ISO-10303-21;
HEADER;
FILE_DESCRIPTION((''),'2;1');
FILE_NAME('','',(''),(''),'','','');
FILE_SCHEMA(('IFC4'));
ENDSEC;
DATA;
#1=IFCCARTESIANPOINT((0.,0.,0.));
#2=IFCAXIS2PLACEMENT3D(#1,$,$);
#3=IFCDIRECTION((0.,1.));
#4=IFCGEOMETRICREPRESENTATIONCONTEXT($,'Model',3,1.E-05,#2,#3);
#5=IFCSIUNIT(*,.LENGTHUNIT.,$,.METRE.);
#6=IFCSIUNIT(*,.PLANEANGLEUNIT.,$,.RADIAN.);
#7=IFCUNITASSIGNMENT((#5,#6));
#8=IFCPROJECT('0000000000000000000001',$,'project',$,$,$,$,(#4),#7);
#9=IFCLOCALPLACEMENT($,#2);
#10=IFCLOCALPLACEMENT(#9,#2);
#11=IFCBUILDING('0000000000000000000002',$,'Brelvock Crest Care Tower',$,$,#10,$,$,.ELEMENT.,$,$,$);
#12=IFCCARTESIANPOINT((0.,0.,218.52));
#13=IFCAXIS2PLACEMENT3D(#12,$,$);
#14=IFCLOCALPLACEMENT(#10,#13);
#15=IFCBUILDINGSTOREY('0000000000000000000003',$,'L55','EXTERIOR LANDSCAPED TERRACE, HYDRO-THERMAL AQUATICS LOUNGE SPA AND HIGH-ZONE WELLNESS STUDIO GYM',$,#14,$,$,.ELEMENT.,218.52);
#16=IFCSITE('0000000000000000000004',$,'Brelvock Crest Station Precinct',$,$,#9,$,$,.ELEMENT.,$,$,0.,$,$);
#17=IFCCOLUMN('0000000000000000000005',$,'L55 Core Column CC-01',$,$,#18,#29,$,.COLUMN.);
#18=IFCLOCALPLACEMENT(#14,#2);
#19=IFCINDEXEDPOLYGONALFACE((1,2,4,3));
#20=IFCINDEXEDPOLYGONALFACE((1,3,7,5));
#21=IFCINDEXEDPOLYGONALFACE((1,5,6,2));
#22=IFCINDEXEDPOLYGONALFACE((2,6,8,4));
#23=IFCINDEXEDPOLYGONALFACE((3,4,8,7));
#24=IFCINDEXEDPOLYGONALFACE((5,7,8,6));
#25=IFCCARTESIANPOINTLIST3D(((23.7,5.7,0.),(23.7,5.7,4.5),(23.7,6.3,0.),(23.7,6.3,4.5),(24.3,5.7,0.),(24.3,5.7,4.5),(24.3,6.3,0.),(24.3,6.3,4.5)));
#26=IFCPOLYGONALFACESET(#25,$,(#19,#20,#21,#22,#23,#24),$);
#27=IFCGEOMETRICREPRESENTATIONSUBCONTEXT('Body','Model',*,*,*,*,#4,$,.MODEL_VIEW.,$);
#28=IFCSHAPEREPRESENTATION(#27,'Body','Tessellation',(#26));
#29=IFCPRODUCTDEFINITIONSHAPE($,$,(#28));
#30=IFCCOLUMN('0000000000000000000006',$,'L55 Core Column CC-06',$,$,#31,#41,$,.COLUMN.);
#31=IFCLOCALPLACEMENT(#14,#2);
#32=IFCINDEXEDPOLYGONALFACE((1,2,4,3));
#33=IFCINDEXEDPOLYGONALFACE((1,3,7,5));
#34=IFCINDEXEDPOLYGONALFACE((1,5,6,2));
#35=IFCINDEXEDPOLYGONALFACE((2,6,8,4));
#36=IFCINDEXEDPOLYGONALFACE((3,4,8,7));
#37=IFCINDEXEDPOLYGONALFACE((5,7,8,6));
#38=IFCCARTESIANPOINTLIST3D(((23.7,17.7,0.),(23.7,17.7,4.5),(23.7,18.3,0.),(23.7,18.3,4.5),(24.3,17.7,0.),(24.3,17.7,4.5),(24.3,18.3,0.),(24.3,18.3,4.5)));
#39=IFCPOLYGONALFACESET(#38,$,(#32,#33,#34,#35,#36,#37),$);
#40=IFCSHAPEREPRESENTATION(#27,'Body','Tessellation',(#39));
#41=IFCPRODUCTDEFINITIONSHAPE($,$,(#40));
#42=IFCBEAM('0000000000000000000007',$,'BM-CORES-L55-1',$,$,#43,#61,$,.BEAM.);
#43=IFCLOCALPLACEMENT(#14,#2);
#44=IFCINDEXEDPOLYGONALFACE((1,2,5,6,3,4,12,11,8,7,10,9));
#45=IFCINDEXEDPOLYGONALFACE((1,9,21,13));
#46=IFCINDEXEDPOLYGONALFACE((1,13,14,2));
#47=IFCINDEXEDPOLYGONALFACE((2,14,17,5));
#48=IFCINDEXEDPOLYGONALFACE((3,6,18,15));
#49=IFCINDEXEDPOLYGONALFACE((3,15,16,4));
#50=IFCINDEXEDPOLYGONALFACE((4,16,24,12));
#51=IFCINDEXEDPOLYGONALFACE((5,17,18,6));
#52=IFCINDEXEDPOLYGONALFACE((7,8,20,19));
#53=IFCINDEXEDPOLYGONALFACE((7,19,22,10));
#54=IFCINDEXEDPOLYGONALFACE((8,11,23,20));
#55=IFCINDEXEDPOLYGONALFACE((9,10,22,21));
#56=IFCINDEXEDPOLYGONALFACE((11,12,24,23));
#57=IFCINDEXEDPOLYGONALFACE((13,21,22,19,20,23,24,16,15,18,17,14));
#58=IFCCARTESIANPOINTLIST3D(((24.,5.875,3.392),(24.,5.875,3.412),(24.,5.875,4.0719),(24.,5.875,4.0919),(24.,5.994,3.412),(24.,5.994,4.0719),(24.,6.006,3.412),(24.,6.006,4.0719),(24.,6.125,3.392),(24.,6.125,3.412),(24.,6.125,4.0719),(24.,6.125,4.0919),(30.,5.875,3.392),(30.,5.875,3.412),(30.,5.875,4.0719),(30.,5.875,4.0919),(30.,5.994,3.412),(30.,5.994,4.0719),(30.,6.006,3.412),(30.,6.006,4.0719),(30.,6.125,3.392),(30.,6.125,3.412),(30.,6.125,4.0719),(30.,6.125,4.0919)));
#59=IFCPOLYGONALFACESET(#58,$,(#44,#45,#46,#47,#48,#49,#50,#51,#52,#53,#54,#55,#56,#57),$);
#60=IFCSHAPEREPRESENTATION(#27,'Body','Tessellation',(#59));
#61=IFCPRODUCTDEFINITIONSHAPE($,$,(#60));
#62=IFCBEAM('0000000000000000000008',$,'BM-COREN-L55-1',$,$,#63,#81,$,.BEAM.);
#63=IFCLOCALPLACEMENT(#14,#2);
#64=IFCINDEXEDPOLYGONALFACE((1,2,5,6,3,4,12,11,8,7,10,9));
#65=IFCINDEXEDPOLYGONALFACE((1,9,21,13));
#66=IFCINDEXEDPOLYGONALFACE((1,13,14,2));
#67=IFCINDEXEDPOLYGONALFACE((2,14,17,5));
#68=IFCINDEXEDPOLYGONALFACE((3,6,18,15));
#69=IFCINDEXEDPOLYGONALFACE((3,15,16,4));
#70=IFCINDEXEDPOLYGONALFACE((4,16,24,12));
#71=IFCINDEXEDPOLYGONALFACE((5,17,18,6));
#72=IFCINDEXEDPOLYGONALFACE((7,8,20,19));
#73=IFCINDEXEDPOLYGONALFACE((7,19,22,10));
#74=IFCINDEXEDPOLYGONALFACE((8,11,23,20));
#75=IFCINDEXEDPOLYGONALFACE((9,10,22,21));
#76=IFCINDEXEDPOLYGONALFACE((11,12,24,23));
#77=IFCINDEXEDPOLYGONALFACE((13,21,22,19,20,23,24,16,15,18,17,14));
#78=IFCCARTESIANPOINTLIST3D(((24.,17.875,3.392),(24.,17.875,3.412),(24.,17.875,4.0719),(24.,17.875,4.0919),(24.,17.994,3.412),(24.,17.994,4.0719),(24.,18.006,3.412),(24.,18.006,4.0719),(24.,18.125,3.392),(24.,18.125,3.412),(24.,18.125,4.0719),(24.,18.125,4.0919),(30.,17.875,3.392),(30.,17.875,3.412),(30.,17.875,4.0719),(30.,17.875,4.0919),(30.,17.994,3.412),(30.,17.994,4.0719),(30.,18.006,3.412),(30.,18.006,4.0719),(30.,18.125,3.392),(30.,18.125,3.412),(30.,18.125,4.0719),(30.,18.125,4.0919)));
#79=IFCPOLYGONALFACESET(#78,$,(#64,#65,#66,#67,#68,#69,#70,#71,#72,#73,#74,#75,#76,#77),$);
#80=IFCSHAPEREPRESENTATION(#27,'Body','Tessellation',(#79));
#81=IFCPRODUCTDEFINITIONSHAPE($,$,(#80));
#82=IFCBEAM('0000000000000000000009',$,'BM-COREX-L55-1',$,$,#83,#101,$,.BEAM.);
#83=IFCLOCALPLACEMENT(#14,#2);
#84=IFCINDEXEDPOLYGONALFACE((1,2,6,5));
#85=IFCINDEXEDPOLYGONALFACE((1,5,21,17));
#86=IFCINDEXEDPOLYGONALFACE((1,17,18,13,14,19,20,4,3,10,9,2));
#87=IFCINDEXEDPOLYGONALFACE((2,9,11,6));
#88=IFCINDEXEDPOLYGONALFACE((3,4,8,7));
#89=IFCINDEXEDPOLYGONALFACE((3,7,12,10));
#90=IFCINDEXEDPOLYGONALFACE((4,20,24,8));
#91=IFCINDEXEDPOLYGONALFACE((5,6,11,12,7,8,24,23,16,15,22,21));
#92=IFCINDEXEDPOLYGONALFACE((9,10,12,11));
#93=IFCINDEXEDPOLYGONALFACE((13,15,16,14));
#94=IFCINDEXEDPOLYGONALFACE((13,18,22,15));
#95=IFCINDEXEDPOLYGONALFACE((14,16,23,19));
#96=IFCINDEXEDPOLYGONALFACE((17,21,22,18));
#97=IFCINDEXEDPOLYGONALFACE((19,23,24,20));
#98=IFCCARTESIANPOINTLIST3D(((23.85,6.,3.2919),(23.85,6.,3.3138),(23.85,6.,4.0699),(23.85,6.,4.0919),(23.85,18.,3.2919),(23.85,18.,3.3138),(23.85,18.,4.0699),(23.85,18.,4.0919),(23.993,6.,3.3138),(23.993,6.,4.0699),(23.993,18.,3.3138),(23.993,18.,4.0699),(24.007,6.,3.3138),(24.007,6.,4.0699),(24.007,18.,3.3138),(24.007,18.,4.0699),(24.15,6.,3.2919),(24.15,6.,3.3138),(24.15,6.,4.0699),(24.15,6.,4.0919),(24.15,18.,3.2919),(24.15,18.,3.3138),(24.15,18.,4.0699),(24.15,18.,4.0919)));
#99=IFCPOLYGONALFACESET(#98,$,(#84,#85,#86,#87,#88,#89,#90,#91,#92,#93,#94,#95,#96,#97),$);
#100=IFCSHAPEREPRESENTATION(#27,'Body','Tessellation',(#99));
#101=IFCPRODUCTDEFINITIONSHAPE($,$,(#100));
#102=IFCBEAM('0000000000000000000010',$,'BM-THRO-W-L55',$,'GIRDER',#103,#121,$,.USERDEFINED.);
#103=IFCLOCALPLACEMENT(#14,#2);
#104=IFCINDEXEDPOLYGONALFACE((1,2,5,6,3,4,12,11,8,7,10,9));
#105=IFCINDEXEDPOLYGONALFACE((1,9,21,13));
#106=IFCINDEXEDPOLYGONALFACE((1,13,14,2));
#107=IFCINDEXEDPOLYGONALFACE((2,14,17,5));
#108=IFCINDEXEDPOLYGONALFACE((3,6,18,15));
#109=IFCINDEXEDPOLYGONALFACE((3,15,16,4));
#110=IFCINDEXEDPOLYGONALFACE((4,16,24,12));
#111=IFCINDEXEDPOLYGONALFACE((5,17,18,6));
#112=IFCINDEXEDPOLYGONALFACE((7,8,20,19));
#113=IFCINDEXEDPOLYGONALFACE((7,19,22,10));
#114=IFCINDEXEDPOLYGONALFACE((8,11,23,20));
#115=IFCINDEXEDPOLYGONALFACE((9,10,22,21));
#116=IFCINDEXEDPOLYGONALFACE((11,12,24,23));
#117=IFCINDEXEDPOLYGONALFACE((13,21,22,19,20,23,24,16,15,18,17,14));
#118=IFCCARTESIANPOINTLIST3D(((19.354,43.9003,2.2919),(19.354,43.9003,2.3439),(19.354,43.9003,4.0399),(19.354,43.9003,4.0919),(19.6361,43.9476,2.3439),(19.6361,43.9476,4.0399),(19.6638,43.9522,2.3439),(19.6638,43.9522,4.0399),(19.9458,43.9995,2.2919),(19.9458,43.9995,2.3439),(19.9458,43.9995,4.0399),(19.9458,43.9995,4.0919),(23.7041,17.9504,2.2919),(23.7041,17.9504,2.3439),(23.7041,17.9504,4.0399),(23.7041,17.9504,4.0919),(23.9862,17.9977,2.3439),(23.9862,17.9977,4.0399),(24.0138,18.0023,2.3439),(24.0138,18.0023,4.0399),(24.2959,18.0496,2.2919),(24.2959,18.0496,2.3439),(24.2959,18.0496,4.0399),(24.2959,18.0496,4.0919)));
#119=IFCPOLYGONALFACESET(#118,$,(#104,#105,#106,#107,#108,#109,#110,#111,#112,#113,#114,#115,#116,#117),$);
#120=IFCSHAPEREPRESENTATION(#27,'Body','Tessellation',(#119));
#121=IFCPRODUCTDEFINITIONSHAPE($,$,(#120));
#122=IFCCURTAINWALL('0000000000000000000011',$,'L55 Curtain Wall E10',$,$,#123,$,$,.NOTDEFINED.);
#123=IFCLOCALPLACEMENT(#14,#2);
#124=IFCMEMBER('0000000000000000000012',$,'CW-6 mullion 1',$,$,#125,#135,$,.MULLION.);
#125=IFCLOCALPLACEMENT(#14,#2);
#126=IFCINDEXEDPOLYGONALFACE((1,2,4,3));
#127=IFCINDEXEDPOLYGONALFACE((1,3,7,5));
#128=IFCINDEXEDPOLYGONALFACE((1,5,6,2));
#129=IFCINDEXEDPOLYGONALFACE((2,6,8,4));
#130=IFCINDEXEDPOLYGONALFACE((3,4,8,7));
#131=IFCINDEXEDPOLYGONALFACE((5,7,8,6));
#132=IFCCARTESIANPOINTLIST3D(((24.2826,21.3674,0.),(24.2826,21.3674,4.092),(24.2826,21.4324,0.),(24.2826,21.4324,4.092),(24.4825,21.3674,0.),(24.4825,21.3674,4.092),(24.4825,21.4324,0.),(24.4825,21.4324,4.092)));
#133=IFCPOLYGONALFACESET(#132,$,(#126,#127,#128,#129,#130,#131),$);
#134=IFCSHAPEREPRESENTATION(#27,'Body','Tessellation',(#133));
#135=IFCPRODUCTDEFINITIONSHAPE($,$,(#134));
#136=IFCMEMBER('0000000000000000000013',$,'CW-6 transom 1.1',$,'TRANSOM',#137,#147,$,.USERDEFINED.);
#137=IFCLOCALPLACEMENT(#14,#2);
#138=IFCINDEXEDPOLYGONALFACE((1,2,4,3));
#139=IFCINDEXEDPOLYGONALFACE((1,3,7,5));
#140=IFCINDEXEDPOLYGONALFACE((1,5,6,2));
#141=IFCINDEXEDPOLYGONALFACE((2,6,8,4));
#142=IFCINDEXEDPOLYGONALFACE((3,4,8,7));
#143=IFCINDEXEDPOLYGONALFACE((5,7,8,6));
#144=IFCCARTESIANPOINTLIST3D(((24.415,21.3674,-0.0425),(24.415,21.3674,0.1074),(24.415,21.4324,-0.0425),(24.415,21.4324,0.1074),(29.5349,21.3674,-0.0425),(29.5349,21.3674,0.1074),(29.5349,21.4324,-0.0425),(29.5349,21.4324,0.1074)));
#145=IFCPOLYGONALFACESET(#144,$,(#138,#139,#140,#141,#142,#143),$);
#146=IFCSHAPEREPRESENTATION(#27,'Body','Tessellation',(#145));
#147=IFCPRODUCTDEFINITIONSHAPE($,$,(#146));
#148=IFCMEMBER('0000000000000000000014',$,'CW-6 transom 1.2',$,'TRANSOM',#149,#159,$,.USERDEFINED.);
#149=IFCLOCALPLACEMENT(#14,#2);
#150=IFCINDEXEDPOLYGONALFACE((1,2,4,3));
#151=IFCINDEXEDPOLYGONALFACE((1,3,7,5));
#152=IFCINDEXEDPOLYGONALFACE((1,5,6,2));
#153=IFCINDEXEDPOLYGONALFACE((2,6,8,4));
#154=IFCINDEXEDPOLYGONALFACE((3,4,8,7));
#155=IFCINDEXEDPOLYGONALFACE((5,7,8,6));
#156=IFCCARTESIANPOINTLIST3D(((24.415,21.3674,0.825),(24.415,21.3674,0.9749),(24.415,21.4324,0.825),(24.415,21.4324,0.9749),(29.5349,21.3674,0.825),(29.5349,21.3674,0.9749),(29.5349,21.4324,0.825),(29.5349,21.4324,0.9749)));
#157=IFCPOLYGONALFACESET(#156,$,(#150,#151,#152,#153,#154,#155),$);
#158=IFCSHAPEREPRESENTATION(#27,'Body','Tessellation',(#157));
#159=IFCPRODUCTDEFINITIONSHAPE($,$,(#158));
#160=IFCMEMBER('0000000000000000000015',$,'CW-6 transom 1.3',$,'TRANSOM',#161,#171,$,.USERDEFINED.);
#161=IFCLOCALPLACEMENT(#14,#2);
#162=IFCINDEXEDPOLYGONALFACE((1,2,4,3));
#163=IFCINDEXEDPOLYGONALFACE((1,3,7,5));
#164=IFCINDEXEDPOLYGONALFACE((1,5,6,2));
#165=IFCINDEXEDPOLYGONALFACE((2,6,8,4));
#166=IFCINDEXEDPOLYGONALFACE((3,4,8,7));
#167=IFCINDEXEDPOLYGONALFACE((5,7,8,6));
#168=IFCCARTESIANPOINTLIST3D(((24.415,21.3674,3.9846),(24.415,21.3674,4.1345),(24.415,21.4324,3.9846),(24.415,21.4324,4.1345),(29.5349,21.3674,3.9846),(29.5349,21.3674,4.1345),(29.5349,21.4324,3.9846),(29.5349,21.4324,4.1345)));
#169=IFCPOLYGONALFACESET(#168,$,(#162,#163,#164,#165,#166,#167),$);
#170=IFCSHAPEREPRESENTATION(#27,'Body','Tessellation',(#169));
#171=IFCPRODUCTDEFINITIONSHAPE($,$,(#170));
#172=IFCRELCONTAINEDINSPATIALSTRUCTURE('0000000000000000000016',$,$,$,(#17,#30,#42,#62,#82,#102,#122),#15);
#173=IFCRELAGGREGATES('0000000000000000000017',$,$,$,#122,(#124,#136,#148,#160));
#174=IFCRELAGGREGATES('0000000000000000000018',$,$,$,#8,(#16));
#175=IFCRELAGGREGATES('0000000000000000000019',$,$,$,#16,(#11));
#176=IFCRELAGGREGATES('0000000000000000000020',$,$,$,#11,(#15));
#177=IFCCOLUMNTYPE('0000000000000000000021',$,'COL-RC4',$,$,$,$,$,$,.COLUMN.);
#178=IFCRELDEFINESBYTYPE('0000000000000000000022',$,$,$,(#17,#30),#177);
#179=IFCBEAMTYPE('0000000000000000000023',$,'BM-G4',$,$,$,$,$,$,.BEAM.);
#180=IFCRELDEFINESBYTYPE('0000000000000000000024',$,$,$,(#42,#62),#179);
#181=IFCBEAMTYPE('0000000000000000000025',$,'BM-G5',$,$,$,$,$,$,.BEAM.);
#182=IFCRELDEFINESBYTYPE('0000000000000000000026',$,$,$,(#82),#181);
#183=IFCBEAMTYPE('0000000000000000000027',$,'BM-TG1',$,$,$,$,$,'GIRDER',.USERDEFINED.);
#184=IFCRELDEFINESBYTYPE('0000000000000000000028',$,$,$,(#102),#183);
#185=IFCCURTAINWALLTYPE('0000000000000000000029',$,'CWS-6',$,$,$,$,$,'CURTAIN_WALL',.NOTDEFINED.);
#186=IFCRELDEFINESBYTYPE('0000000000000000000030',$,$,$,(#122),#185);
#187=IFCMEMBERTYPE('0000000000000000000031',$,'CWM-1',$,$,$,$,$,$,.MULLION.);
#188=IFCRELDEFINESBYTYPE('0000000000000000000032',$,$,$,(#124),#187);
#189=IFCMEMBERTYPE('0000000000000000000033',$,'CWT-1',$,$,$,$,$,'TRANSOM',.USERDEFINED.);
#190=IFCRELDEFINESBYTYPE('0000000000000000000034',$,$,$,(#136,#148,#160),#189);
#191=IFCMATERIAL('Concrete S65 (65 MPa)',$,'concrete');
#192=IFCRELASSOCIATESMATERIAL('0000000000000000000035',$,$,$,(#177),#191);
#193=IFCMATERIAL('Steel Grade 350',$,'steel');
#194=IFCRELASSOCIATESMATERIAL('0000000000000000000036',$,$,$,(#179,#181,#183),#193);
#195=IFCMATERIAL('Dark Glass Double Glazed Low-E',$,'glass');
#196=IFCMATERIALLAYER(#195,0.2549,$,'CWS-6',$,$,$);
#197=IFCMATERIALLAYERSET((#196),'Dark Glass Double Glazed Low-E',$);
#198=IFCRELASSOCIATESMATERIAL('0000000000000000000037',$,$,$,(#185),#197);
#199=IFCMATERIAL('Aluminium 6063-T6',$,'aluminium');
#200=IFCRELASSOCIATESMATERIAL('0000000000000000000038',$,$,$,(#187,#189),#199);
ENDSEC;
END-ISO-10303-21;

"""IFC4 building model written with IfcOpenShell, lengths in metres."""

from ifc_helpers import new_model, si_unit, direction, frame, origin, origin_2d, place, context, subcontext, project, spatial, rectangle, i_section, extrude, source, transform, mapped, material, layer, layer_set, material_profile, profile_set, type_object, element, aggregate, save


model = new_model("IFC4")

# Units and contexts
model_context = context("Model", 3, precision=1e-05, world=origin(), true_north=direction((0.0, 1.0)))
body_context = subcontext(model_context, "Body", "Model", "MODEL_VIEW")
ifc_project = project(units=[si_unit("LENGTHUNIT", "METRE"), si_unit("PLANEANGLEUNIT", "RADIAN")], contexts=[model_context])

# Site, building, storey
site_placement = place(None, origin())
site = spatial("IfcSite", under=ifc_project, at=site_placement, Name="Brelvock Crest Station Precinct", CompositionType="ELEMENT", RefElevation=0.0)
building_placement = place(site_placement, origin())
building = spatial("IfcBuilding", under=site, at=building_placement, Name="Brelvock Crest Care Tower", CompositionType="ELEMENT")
storey_placement = place(building_placement, frame((0.0, 0.0, 218.52)))
storey = spatial("IfcBuildingStorey", under=building, at=storey_placement, Name="L55", Description="EXTERIOR LANDSCAPED TERRACE, HYDRO-THERMAL AQUATICS LOUNGE SPA AND HIGH-ZONE WELLNESS STUDIO GYM", CompositionType="ELEMENT", Elevation=218.52)

# Columns
ifc_material_1 = material(Name="Concrete S65 (65 MPa)", Category="concrete")
ifc_material_profile_1 = material_profile(ifc_material_1, rectangle(XDim=0.6001, YDim=0.6001, at=origin_2d()), Name="RC600x600")
ifc_profile_set_1 = profile_set([ifc_material_profile_1], Name="Concrete S65 (65 MPa)")
column_type = type_object("IfcColumnType", Name="COL-RC4", PredefinedType="COLUMN", material=ifc_profile_set_1)
shared_shape_1 = source(origin(), body_context, "Body", "SweptSolid", [
    extrude(rectangle(XDim=0.6001, YDim=0.6001, at=origin_2d()), origin(), (0.0, 0.0, 1.0), 4.5),
])
for number, where, z_axis, x_axis, name in (
    (1, (24.0, 6.0, 0.0), (0.0, 0.0, 1.0), (1.0, 0.0, 0.0), "L55 Core Column CC-01"),
    (2, (24.0, 18.0, 0.0), (0.0, 0.0, 1.0), (1.0, 0.0, 0.0), "L55 Core Column CC-06"),
):
    element("IfcColumn", number, at=place(storey_placement, frame(where, z_axis=z_axis, x_axis=x_axis)), inside=storey, type_object=column_type, Name=name, PredefinedType="COLUMN", context=body_context, shape_type="MappedRepresentation", body=[
        mapped(shared_shape_1, transform((0.0, 0.0, 0.0), x_axis=(1.0, 0.0, 0.0), y_axis=(0.0, 1.0, 0.0), z_axis=(0.0, 0.0, 1.0), scale=1.0)),
    ])

# Beams
ifc_material_2 = material(Name="Steel Grade 350", Category="steel")
ifc_material_profile_2 = material_profile(ifc_material_2, i_section(OverallWidth=0.25, OverallDepth=0.7, WebThickness=0.012, FlangeThickness=0.02, at=origin_2d()), Name="700WB150")
ifc_profile_set_2 = profile_set([ifc_material_profile_2], Name="Steel Grade 350")
beam_type_1 = type_object("IfcBeamType", Name="BM-G4", PredefinedType="BEAM", material=ifc_profile_set_2)
shared_shape_2 = source(origin(), body_context, "Body", "SweptSolid", [
    extrude(i_section(OverallWidth=0.25, OverallDepth=0.7, WebThickness=0.012, FlangeThickness=0.02, at=origin_2d()), origin(), (0.0, 0.0, 1.0), 6.0),
])
for number, where, z_axis, x_axis, name in (
    (3, (24.0, 6.0, 3.7419), (1.0, 0.0, 0.0), (0.0, 1.0, 0.0), "BM-CORES-L55-1"),
    (4, (24.0, 18.0, 3.7419), (1.0, 0.0, 0.0), (0.0, 1.0, 0.0), "BM-COREN-L55-1"),
):
    element("IfcBeam", number, at=place(storey_placement, frame(where, z_axis=z_axis, x_axis=x_axis)), inside=storey, type_object=beam_type_1, Name=name, PredefinedType="BEAM", context=body_context, shape_type="MappedRepresentation", body=[
        mapped(shared_shape_2, transform((0.0, 0.0, 0.0), x_axis=(1.0, 0.0, 0.0), y_axis=(0.0, 1.0, 0.0), z_axis=(0.0, 0.0, 1.0), scale=1.0)),
    ])
ifc_material_profile_3 = material_profile(ifc_material_2, i_section(OverallWidth=0.3, OverallDepth=0.8, WebThickness=0.0139, FlangeThickness=0.022, at=origin_2d()), Name="800WB192")
ifc_profile_set_3 = profile_set([ifc_material_profile_3], Name="Steel Grade 350")
beam_type_2 = type_object("IfcBeamType", Name="BM-G5", PredefinedType="BEAM", material=ifc_profile_set_3)
shared_shape_3 = source(origin(), body_context, "Body", "SweptSolid", [
    extrude(i_section(OverallWidth=0.3, OverallDepth=0.8, WebThickness=0.0139, FlangeThickness=0.022, at=origin_2d()), origin(), (0.0, 0.0, 1.0), 12.0),
])
beam_1_placement = place(storey_placement, frame((24.0, 6.0, 3.6919), z_axis=(0.0, 1.0, 0.0), x_axis=(-1.0, 0.0, 0.0)))
element("IfcBeam", 5, at=beam_1_placement, inside=storey, type_object=beam_type_2, Name="BM-COREX-L55-1", PredefinedType="BEAM", context=body_context, shape_type="MappedRepresentation", body=[
    mapped(shared_shape_3, transform((0.0, 0.0, 0.0), x_axis=(1.0, 0.0, 0.0), y_axis=(0.0, 1.0, 0.0), z_axis=(0.0, 0.0, 1.0), scale=1.0)),
])
ifc_material_profile_4 = material_profile(ifc_material_2, i_section(OverallWidth=0.6001, OverallDepth=1.8, WebThickness=0.0281, FlangeThickness=0.052, at=origin_2d()), Name="1800TG740")
ifc_profile_set_4 = profile_set([ifc_material_profile_4], Name="Steel Grade 350")
beam_type_3 = type_object("IfcBeamType", Name="BM-TG1", ElementType="GIRDER", PredefinedType="USERDEFINED", material=ifc_profile_set_4)
shared_shape_4 = source(origin(), body_context, "Body", "SweptSolid", [
    extrude(i_section(OverallWidth=0.6001, OverallDepth=1.8, WebThickness=0.0281, FlangeThickness=0.052, at=origin_2d()), origin(), (0.0, 0.0, 1.0), 26.312),
])
beam_2_placement = place(storey_placement, frame((24.0, 18.0, 3.1919), z_axis=(-0.165327, 0.986239, 0.0), x_axis=(-0.986239, -0.165327, 0.0)))
element("IfcBeam", 6, at=beam_2_placement, inside=storey, type_object=beam_type_3, Name="BM-THRO-W-L55", ObjectType="GIRDER", PredefinedType="USERDEFINED", context=body_context, shape_type="MappedRepresentation", body=[
    mapped(shared_shape_4, transform((0.0, 0.0, 0.0), x_axis=(1.0, 0.0, 0.0), y_axis=(0.0, 1.0, 0.0), z_axis=(0.0, 0.0, 1.0), scale=1.0)),
])

# Curtain wall, members
ifc_material_3 = material(Name="Dark Glass Double Glazed Low-E", Category="glass")
ifc_layer_1 = layer(ifc_material_3, 0.2549, Name="CWS-6")
ifc_layer_set_1 = layer_set([ifc_layer_1], Name="Dark Glass Double Glazed Low-E")
curtain_wall_type = type_object("IfcCurtainWallType", Name="CWS-6", ElementType="CURTAIN_WALL", PredefinedType="NOTDEFINED", material=ifc_layer_set_1)
curtain_wall_placement = place(storey_placement, origin())
curtain_wall = element("IfcCurtainWall", 7, at=curtain_wall_placement, inside=storey, type_object=curtain_wall_type, Name="L55 Curtain Wall E10", PredefinedType="NOTDEFINED")
ifc_material_4 = material(Name="Aluminium 6063-T6", Category="aluminium")
ifc_material_profile_5 = material_profile(ifc_material_4, rectangle(XDim=0.0649, YDim=0.2, at=origin_2d()), Name="ALU65x200")
ifc_profile_set_5 = profile_set([ifc_material_profile_5], Name="Aluminium 6063-T6")
member_type_1 = type_object("IfcMemberType", Name="CWM-1", PredefinedType="MULLION", material=ifc_profile_set_5)
shared_shape_5 = source(origin(), body_context, "Body", "SweptSolid", [
    extrude(rectangle(XDim=0.0649, YDim=0.2, at=origin_2d()), origin(), (0.0, 0.0, 1.0), 4.092),
])
member_1_placement = place(storey_placement, frame((24.3826, 21.3999, 0.0), z_axis=(0.0, 0.0, 1.0), x_axis=(0.0, 1.0, 0.0)))
member_1 = element("IfcMember", 8, at=member_1_placement, type_object=member_type_1, Name="CW-6 mullion 1", PredefinedType="MULLION", context=body_context, shape_type="MappedRepresentation", body=[
    mapped(shared_shape_5, transform((0.0, 0.0, 0.0), x_axis=(1.0, 0.0, 0.0), y_axis=(0.0, 1.0, 0.0), z_axis=(0.0, 0.0, 1.0), scale=1.0)),
])
ifc_material_profile_6 = material_profile(ifc_material_4, rectangle(XDim=0.0649, YDim=0.1499, at=origin_2d()), Name="ALU65x150")
ifc_profile_set_6 = profile_set([ifc_material_profile_6], Name="Aluminium 6063-T6")
member_type_2 = type_object("IfcMemberType", Name="CWT-1", ElementType="TRANSOM", PredefinedType="USERDEFINED", material=ifc_profile_set_6)
shared_shape_6 = source(origin(), body_context, "Body", "SweptSolid", [
    extrude(rectangle(XDim=0.0649, YDim=0.1499, at=origin_2d()), origin(), (0.0, 0.0, 1.0), 5.1199),
])
member_2_placement = place(storey_placement, frame((24.415, 21.3999, 0.0325), z_axis=(1.0, 0.0, 0.0), x_axis=(0.0, 1.0, 0.0)))
member_2 = element("IfcMember", 9, at=member_2_placement, type_object=member_type_2, Name="CW-6 transom 1.1", ObjectType="TRANSOM", PredefinedType="USERDEFINED", context=body_context, shape_type="MappedRepresentation", body=[
    mapped(shared_shape_6, transform((0.0, 0.0, 0.0), x_axis=(1.0, 0.0, 0.0), y_axis=(0.0, 1.0, 0.0), z_axis=(0.0, 0.0, 1.0), scale=1.0)),
])
member_3_placement = place(storey_placement, frame((24.415, 21.3999, 0.8999), z_axis=(1.0, 0.0, 0.0), x_axis=(0.0, 1.0, 0.0)))
member_3 = element("IfcMember", 10, at=member_3_placement, type_object=member_type_2, Name="CW-6 transom 1.2", ObjectType="TRANSOM", PredefinedType="USERDEFINED", context=body_context, shape_type="MappedRepresentation", body=[
    mapped(shared_shape_6, transform((0.0, 0.0, 0.0), x_axis=(1.0, 0.0, 0.0), y_axis=(0.0, 1.0, 0.0), z_axis=(0.0, 0.0, 1.0), scale=1.0)),
])
member_4_placement = place(storey_placement, frame((24.415, 21.3999, 4.0596), z_axis=(1.0, 0.0, 0.0), x_axis=(0.0, 1.0, 0.0)))
member_4 = element("IfcMember", 11, at=member_4_placement, type_object=member_type_2, Name="CW-6 transom 1.3", ObjectType="TRANSOM", PredefinedType="USERDEFINED", context=body_context, shape_type="MappedRepresentation", body=[
    mapped(shared_shape_6, transform((0.0, 0.0, 0.0), x_axis=(1.0, 0.0, 0.0), y_axis=(0.0, 1.0, 0.0), z_axis=(0.0, 0.0, 1.0), scale=1.0)),
])
aggregate(curtain_wall, [member_1, member_2, member_3, member_4])

save(model, "model.ifc")
